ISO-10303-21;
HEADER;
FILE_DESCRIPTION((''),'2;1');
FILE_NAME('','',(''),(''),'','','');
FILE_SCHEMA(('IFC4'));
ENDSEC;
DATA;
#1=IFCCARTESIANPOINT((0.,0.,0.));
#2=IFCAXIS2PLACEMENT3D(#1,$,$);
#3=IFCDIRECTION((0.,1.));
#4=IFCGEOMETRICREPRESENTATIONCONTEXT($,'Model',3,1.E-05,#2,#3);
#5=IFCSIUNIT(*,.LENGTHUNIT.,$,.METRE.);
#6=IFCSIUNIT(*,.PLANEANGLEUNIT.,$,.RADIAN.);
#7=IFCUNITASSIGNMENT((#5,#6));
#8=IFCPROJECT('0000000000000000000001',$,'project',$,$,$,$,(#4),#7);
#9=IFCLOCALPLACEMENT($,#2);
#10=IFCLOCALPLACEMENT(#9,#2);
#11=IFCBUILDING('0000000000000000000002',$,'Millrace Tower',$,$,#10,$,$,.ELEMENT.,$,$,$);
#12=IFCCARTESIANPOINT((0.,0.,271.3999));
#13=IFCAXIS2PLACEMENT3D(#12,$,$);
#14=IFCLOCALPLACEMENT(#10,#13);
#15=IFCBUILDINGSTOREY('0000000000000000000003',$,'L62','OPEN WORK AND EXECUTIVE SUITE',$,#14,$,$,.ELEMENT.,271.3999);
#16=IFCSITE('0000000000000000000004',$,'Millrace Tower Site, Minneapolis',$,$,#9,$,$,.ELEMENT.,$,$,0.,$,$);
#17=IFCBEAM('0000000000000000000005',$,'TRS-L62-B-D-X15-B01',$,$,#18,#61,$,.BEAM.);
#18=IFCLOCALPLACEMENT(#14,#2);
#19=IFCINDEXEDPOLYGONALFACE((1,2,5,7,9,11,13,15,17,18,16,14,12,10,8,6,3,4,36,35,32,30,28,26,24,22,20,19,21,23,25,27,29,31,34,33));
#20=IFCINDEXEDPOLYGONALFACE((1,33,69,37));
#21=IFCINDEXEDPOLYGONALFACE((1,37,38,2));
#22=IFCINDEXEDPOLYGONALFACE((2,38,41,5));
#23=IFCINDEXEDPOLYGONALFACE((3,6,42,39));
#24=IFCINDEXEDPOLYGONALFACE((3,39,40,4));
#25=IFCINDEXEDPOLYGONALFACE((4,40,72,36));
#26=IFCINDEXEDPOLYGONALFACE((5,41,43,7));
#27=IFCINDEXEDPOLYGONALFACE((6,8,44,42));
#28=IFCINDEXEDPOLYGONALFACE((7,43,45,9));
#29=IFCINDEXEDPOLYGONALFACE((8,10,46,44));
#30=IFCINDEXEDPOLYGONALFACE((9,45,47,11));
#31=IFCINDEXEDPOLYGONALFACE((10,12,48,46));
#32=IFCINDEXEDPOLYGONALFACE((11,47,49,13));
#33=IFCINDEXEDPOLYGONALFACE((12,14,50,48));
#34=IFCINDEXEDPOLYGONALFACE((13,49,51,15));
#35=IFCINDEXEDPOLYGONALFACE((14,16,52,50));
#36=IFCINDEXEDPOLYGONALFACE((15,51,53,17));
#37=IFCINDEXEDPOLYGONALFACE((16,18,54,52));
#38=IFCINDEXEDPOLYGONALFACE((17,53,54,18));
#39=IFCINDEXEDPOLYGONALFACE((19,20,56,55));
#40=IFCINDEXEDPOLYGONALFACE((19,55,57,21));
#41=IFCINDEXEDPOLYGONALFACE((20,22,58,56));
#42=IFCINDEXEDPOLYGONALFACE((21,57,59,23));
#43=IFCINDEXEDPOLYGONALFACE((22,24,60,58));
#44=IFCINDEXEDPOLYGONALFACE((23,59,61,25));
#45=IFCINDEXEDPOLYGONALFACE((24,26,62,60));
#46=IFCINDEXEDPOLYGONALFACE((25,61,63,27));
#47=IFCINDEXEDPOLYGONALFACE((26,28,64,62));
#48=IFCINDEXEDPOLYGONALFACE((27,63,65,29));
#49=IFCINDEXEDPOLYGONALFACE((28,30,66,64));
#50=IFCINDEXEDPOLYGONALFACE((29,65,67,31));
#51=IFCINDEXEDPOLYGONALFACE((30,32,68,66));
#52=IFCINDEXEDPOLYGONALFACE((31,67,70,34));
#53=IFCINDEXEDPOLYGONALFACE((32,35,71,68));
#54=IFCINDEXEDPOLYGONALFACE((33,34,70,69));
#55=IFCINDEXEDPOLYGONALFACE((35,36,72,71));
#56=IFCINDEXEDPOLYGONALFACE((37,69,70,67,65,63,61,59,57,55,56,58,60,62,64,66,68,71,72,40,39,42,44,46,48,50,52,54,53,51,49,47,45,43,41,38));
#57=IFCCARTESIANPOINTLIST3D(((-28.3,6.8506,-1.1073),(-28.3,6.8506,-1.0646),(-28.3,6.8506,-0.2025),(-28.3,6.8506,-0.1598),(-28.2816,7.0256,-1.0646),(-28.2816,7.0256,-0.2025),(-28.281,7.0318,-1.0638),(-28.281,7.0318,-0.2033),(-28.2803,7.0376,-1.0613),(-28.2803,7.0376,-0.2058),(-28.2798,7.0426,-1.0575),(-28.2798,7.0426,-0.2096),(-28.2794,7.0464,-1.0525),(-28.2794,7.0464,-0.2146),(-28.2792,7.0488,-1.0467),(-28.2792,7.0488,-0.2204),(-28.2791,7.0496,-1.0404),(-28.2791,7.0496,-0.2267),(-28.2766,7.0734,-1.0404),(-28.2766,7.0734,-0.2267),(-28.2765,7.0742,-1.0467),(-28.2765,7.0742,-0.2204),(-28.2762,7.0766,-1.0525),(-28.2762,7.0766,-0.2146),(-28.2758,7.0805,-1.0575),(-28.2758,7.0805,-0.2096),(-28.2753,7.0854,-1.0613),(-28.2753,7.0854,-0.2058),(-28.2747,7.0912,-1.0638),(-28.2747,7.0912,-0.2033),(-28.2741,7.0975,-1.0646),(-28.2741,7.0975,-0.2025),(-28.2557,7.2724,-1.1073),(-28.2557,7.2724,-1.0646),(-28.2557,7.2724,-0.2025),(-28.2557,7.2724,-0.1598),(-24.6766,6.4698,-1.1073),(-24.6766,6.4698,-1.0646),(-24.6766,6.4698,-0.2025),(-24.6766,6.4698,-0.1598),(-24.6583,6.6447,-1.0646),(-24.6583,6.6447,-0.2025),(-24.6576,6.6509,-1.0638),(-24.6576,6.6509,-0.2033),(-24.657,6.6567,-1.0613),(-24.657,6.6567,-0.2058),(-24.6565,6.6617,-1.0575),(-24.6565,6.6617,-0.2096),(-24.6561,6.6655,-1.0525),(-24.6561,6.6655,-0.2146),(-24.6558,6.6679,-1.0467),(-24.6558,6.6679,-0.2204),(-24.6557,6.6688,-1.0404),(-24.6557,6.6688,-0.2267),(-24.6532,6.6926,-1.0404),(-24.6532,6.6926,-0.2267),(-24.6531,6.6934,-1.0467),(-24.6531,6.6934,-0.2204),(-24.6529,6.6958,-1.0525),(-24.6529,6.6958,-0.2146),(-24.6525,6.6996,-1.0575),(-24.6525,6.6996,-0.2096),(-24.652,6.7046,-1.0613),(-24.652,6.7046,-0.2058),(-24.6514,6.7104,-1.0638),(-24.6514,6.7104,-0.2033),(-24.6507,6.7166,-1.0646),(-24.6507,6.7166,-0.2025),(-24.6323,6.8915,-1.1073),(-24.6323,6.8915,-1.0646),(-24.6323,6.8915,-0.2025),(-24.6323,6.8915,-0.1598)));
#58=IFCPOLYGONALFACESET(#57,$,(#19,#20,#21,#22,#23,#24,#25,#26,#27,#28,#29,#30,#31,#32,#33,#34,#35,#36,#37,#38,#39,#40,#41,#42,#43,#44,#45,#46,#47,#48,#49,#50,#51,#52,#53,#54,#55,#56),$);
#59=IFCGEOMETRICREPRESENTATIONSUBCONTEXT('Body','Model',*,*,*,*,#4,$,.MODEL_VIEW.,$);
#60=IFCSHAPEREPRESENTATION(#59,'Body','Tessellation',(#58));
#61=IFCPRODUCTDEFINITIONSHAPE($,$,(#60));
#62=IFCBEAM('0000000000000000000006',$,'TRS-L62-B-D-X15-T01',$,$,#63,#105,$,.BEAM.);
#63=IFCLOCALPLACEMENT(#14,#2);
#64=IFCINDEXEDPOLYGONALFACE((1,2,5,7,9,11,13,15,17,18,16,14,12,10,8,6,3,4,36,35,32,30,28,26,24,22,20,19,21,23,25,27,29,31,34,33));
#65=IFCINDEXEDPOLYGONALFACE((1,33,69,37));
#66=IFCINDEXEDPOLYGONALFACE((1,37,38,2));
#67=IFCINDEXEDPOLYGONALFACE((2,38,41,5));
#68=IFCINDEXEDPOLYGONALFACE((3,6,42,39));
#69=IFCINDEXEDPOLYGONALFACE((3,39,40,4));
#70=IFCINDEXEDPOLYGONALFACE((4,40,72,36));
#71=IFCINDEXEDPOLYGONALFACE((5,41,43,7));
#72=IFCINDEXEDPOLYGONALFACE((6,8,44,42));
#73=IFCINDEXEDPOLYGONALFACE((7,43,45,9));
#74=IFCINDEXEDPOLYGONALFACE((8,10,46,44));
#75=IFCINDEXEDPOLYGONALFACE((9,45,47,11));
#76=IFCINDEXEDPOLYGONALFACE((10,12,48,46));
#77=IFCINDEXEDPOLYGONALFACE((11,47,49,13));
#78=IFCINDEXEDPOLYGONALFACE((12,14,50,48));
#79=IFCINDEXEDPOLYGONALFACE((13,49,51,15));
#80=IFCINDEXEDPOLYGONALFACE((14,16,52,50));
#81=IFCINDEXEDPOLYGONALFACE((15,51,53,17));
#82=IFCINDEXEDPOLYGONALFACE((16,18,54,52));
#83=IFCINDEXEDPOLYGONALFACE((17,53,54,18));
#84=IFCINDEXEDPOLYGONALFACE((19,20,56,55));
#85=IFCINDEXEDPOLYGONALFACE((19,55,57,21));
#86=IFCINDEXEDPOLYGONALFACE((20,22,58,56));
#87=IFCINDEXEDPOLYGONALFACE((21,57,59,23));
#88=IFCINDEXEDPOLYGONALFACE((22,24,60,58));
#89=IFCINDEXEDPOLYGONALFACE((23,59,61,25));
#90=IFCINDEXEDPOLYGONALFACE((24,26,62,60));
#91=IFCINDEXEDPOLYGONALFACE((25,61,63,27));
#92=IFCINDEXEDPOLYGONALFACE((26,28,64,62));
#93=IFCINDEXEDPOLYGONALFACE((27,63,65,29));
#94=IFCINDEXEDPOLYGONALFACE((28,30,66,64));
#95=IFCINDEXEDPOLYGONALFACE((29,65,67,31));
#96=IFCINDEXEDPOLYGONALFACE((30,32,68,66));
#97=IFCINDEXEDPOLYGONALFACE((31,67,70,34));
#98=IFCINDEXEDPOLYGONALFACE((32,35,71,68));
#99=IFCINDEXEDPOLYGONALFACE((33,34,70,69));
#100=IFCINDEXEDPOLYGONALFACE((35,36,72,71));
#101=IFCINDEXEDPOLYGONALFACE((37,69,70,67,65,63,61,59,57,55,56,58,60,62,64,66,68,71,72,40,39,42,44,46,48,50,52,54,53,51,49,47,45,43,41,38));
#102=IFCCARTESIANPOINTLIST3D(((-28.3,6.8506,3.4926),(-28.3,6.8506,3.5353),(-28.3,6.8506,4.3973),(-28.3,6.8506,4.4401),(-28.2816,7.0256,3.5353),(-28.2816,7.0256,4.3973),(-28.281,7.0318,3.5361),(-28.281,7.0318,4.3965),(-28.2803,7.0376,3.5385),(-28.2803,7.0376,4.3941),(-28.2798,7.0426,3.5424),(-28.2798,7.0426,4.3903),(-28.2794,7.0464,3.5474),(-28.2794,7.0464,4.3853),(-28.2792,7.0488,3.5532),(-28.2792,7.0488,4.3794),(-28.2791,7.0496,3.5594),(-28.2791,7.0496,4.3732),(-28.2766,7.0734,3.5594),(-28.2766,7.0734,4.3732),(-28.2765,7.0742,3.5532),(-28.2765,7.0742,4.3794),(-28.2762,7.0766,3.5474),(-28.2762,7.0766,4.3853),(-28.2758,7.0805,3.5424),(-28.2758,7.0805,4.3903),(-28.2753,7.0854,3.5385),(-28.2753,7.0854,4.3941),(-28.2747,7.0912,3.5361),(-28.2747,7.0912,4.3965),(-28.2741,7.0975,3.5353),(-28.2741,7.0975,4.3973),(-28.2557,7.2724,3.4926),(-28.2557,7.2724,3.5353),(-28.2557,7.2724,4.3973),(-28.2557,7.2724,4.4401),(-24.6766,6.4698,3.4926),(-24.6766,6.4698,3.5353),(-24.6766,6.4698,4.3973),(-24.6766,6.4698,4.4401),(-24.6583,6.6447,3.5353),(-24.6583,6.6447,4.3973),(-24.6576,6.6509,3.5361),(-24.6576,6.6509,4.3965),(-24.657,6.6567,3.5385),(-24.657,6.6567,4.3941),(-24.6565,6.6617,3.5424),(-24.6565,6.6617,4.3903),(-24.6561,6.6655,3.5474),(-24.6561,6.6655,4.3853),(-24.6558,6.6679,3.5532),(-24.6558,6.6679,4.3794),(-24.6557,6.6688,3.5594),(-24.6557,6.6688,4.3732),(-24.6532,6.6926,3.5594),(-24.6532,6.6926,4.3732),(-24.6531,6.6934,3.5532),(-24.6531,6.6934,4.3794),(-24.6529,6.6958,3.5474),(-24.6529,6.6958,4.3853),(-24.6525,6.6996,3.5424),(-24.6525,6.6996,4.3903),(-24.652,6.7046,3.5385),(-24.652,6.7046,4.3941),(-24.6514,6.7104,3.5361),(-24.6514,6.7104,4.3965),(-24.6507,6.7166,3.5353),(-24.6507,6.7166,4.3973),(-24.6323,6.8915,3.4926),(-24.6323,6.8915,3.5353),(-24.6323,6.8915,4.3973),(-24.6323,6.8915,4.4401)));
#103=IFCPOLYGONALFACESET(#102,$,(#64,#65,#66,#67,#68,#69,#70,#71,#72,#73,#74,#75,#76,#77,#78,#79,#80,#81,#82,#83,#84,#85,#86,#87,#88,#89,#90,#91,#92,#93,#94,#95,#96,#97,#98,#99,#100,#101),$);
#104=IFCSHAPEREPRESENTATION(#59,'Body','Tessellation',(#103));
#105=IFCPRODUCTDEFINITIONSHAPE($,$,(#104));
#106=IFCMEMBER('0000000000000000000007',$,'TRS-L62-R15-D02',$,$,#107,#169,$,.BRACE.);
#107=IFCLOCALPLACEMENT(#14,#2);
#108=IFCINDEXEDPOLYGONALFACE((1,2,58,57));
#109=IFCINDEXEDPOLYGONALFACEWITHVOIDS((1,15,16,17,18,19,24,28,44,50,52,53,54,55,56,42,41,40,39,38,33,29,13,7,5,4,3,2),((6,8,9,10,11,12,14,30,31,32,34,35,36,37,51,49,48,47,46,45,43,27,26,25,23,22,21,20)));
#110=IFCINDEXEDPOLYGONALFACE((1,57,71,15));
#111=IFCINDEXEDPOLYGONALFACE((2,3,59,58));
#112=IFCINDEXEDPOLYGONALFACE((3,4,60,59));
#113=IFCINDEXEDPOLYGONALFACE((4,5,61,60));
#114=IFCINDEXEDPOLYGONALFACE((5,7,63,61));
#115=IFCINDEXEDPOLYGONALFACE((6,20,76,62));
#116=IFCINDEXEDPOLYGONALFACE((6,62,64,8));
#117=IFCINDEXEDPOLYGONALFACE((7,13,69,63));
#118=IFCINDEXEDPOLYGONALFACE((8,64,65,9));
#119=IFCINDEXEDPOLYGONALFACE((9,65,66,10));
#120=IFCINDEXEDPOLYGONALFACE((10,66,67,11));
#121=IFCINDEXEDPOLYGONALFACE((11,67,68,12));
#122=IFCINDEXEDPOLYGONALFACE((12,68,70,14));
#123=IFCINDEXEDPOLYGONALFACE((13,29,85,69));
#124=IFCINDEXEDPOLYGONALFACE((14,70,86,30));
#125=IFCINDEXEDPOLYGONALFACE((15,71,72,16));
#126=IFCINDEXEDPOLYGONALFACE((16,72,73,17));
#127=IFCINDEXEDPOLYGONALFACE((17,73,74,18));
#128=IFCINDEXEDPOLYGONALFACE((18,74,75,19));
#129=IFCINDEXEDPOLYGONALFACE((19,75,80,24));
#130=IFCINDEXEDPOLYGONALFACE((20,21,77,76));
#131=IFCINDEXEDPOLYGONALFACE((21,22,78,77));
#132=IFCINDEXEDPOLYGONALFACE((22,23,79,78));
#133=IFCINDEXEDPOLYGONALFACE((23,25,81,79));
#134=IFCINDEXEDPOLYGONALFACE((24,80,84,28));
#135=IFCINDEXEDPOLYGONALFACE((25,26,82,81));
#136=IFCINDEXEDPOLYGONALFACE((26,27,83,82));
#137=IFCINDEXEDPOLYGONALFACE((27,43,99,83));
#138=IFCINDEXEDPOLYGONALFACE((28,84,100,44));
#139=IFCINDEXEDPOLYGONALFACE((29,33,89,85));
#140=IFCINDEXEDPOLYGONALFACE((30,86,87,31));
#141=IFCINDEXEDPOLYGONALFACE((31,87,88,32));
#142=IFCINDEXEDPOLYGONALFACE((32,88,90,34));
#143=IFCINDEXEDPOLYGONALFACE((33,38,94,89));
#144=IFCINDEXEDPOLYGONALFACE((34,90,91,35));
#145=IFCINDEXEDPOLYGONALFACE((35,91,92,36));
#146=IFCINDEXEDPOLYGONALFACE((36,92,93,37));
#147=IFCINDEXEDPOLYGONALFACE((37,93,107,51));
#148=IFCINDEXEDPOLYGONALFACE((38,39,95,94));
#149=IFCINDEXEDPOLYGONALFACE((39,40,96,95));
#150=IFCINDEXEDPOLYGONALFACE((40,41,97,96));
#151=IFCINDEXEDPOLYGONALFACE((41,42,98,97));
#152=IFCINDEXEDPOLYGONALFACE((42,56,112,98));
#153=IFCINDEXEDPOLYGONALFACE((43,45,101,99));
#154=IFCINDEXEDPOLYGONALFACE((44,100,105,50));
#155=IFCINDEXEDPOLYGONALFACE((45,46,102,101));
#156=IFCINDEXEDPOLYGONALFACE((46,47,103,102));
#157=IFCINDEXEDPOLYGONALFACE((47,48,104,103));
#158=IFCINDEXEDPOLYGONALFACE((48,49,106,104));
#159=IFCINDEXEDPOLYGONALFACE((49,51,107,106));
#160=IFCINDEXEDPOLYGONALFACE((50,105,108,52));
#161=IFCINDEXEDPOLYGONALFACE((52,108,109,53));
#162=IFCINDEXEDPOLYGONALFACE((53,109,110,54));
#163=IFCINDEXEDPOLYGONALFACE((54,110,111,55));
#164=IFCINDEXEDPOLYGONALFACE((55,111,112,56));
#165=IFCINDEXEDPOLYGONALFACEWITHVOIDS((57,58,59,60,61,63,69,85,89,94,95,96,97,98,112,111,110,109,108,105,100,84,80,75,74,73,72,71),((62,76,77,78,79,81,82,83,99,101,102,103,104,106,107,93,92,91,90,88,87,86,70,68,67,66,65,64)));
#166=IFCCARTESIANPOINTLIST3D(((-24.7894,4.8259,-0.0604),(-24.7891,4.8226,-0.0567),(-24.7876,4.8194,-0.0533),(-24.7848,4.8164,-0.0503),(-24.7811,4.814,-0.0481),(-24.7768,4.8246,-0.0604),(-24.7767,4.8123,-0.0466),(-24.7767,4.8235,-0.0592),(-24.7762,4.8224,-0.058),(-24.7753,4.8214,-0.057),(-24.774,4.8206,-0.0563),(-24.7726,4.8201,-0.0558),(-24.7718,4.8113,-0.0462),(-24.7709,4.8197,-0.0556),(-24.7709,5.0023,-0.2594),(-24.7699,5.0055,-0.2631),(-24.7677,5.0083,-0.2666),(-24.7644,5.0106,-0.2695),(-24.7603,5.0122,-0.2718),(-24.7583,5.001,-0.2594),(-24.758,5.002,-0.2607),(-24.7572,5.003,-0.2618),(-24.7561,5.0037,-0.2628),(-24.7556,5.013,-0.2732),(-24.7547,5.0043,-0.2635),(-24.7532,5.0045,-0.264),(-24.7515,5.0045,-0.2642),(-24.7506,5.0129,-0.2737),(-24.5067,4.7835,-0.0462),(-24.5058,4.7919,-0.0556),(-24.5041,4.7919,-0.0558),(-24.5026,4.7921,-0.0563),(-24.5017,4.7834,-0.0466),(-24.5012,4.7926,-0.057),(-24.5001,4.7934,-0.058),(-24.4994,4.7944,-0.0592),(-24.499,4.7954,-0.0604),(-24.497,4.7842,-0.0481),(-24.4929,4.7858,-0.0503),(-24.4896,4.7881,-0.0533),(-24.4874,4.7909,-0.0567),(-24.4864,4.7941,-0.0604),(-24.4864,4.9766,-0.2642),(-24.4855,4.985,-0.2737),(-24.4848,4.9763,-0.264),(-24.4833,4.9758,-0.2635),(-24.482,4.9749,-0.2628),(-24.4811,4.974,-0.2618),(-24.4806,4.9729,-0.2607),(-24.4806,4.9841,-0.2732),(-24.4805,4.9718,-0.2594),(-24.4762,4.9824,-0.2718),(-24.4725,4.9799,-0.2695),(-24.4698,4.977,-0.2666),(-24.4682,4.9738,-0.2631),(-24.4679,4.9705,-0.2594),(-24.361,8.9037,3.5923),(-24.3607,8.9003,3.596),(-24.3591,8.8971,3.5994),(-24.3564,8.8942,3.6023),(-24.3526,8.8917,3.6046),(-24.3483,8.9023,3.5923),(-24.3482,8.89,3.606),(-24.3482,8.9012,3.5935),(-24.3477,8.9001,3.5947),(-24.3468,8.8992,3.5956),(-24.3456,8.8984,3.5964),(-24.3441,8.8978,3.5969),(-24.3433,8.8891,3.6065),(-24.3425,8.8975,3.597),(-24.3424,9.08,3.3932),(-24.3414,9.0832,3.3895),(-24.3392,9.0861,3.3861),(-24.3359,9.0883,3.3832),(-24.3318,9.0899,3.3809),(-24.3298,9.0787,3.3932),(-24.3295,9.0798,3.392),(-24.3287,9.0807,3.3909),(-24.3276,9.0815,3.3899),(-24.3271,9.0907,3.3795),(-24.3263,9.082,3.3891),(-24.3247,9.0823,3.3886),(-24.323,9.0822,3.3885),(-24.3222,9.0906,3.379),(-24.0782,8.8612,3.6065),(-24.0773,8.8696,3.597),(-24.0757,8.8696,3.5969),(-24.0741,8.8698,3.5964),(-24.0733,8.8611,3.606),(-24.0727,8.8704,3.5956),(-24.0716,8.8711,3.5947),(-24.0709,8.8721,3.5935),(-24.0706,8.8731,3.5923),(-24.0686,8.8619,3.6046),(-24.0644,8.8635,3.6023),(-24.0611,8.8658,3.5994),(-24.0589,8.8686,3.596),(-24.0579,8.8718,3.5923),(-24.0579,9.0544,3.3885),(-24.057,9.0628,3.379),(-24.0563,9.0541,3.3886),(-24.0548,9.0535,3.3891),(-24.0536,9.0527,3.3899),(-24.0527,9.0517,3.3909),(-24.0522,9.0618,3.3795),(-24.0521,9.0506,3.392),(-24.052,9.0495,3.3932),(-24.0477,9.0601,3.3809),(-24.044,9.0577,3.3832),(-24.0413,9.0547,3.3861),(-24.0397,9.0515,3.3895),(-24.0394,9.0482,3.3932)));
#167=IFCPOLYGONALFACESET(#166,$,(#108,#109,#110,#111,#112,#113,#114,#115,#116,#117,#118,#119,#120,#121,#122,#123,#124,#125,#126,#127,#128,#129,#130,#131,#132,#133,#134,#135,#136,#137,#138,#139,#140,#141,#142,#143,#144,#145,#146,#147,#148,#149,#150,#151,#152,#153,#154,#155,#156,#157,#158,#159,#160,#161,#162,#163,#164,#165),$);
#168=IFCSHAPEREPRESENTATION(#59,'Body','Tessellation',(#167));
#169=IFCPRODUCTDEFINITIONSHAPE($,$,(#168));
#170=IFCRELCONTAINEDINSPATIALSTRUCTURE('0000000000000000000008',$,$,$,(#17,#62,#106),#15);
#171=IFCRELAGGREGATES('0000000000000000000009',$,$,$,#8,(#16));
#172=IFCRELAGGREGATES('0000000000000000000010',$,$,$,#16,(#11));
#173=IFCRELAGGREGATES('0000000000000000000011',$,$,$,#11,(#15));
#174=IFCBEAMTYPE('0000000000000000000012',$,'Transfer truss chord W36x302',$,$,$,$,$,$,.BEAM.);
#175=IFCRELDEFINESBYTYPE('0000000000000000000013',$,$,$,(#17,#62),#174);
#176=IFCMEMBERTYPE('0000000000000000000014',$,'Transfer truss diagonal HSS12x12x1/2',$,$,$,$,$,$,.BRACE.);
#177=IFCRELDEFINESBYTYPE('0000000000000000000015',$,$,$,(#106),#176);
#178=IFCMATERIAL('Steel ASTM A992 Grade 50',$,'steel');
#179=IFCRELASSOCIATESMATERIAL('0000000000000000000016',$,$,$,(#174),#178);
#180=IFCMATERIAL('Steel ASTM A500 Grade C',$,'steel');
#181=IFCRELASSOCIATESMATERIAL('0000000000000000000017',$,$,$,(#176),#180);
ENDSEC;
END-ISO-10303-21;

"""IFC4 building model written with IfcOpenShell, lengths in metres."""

from ifc_helpers import new_model, si_unit, direction, frame, origin, origin_2d, place, context, subcontext, project, spatial, hollow_rectangle, i_section, extrude, material, material_profile, profile_set, type_object, element, save


model = new_model("IFC4")

# Units and contexts
model_context = context("Model", 3, precision=1e-05, world=origin(), true_north=direction((0.0, 1.0)))
body_context = subcontext(model_context, "Body", "Model", "MODEL_VIEW")
ifc_project = project(units=[si_unit("LENGTHUNIT", "METRE"), si_unit("PLANEANGLEUNIT", "RADIAN")], contexts=[model_context])

# Site, building, storey
site_placement = place(None, origin())
site = spatial("IfcSite", under=ifc_project, at=site_placement, Name="Millrace Tower Site, Minneapolis", CompositionType="ELEMENT", RefElevation=0.0)
building_placement = place(site_placement, origin())
building = spatial("IfcBuilding", under=site, at=building_placement, Name="Millrace Tower", CompositionType="ELEMENT")
storey_placement = place(building_placement, frame((0.0, 0.0, 271.3999)))
storey = spatial("IfcBuildingStorey", under=building, at=storey_placement, Name="L62", Description="OPEN WORK AND EXECUTIVE SUITE", CompositionType="ELEMENT", Elevation=271.3999)

# Beams
ifc_material_1 = material(Name="Steel ASTM A992 Grade 50", Category="steel")
ifc_material_profile_1 = material_profile(ifc_material_1, i_section(OverallWidth=0.4241, OverallDepth=0.9475, WebThickness=0.0239, FlangeThickness=0.0427, FilletRadius=0.0242, at=origin_2d()))
ifc_profile_set_1 = profile_set([ifc_material_profile_1], Name="Steel ASTM A992 Grade 50")
beam_type_1 = type_object("IfcBeamType", Name="Transfer truss chord W36x302", PredefinedType="BEAM", material=ifc_profile_set_1)
for number, where, z_axis, x_axis, name in (
    (1, (-28.2778, 7.0615, -0.6335), (0.994521, -0.104538, 0.0), (0.104538, 0.994521, 0.0), "TRS-L62-B-D-X15-B01"),
    (2, (-28.2778, 7.0615, 3.9663), (0.994521, -0.104538, 0.0), (0.104538, 0.994521, 0.0), "TRS-L62-B-D-X15-T01"),
):
    element("IfcBeam", number, at=place(storey_placement, frame(where, z_axis=z_axis, x_axis=x_axis)), inside=storey, type_object=beam_type_1, Name=name, PredefinedType="BEAM", context=body_context, shape_type="SweptSolid", body=[
        extrude(i_section(OverallWidth=0.4241, OverallDepth=0.9475, WebThickness=0.0239, FlangeThickness=0.0427, FilletRadius=0.0242, at=origin_2d()), origin(), (0.0, 0.0, 1.0), 3.6433),
    ])

# Member
ifc_material_2 = material(Name="Steel ASTM A500 Grade C", Category="steel")
ifc_material_profile_2 = material_profile(ifc_material_2, hollow_rectangle(XDim=0.3047, YDim=0.3047, WallThickness=0.0127, InnerFilletRadius=0.0063, OuterFilletRadius=0.019, at=origin_2d()))
ifc_profile_set_2 = profile_set([ifc_material_profile_2], Name="Steel ASTM A500 Grade C")
member_type_1 = type_object("IfcMemberType", Name="Transfer truss diagonal HSS12x12x1/2", PredefinedType="BRACE", material=ifc_profile_set_2)
member_1_placement = place(storey_placement, frame((-24.6287, 4.8982, -0.1599), z_axis=(0.078029, 0.742591, 0.665184), x_axis=(-0.994525, 0.104502, 0.0)))
element("IfcMember", 3, at=member_1_placement, inside=storey, type_object=member_type_1, Name="TRS-L62-R15-D02", PredefinedType="BRACE", context=body_context, shape_type="SweptSolid", body=[
    extrude(hollow_rectangle(XDim=0.3047, YDim=0.3047, WallThickness=0.0127, InnerFilletRadius=0.0063, OuterFilletRadius=0.019, at=origin_2d()), origin(), (0.0, 0.0, 1.0), 5.4912),
])

save(model, "model.ifc")
